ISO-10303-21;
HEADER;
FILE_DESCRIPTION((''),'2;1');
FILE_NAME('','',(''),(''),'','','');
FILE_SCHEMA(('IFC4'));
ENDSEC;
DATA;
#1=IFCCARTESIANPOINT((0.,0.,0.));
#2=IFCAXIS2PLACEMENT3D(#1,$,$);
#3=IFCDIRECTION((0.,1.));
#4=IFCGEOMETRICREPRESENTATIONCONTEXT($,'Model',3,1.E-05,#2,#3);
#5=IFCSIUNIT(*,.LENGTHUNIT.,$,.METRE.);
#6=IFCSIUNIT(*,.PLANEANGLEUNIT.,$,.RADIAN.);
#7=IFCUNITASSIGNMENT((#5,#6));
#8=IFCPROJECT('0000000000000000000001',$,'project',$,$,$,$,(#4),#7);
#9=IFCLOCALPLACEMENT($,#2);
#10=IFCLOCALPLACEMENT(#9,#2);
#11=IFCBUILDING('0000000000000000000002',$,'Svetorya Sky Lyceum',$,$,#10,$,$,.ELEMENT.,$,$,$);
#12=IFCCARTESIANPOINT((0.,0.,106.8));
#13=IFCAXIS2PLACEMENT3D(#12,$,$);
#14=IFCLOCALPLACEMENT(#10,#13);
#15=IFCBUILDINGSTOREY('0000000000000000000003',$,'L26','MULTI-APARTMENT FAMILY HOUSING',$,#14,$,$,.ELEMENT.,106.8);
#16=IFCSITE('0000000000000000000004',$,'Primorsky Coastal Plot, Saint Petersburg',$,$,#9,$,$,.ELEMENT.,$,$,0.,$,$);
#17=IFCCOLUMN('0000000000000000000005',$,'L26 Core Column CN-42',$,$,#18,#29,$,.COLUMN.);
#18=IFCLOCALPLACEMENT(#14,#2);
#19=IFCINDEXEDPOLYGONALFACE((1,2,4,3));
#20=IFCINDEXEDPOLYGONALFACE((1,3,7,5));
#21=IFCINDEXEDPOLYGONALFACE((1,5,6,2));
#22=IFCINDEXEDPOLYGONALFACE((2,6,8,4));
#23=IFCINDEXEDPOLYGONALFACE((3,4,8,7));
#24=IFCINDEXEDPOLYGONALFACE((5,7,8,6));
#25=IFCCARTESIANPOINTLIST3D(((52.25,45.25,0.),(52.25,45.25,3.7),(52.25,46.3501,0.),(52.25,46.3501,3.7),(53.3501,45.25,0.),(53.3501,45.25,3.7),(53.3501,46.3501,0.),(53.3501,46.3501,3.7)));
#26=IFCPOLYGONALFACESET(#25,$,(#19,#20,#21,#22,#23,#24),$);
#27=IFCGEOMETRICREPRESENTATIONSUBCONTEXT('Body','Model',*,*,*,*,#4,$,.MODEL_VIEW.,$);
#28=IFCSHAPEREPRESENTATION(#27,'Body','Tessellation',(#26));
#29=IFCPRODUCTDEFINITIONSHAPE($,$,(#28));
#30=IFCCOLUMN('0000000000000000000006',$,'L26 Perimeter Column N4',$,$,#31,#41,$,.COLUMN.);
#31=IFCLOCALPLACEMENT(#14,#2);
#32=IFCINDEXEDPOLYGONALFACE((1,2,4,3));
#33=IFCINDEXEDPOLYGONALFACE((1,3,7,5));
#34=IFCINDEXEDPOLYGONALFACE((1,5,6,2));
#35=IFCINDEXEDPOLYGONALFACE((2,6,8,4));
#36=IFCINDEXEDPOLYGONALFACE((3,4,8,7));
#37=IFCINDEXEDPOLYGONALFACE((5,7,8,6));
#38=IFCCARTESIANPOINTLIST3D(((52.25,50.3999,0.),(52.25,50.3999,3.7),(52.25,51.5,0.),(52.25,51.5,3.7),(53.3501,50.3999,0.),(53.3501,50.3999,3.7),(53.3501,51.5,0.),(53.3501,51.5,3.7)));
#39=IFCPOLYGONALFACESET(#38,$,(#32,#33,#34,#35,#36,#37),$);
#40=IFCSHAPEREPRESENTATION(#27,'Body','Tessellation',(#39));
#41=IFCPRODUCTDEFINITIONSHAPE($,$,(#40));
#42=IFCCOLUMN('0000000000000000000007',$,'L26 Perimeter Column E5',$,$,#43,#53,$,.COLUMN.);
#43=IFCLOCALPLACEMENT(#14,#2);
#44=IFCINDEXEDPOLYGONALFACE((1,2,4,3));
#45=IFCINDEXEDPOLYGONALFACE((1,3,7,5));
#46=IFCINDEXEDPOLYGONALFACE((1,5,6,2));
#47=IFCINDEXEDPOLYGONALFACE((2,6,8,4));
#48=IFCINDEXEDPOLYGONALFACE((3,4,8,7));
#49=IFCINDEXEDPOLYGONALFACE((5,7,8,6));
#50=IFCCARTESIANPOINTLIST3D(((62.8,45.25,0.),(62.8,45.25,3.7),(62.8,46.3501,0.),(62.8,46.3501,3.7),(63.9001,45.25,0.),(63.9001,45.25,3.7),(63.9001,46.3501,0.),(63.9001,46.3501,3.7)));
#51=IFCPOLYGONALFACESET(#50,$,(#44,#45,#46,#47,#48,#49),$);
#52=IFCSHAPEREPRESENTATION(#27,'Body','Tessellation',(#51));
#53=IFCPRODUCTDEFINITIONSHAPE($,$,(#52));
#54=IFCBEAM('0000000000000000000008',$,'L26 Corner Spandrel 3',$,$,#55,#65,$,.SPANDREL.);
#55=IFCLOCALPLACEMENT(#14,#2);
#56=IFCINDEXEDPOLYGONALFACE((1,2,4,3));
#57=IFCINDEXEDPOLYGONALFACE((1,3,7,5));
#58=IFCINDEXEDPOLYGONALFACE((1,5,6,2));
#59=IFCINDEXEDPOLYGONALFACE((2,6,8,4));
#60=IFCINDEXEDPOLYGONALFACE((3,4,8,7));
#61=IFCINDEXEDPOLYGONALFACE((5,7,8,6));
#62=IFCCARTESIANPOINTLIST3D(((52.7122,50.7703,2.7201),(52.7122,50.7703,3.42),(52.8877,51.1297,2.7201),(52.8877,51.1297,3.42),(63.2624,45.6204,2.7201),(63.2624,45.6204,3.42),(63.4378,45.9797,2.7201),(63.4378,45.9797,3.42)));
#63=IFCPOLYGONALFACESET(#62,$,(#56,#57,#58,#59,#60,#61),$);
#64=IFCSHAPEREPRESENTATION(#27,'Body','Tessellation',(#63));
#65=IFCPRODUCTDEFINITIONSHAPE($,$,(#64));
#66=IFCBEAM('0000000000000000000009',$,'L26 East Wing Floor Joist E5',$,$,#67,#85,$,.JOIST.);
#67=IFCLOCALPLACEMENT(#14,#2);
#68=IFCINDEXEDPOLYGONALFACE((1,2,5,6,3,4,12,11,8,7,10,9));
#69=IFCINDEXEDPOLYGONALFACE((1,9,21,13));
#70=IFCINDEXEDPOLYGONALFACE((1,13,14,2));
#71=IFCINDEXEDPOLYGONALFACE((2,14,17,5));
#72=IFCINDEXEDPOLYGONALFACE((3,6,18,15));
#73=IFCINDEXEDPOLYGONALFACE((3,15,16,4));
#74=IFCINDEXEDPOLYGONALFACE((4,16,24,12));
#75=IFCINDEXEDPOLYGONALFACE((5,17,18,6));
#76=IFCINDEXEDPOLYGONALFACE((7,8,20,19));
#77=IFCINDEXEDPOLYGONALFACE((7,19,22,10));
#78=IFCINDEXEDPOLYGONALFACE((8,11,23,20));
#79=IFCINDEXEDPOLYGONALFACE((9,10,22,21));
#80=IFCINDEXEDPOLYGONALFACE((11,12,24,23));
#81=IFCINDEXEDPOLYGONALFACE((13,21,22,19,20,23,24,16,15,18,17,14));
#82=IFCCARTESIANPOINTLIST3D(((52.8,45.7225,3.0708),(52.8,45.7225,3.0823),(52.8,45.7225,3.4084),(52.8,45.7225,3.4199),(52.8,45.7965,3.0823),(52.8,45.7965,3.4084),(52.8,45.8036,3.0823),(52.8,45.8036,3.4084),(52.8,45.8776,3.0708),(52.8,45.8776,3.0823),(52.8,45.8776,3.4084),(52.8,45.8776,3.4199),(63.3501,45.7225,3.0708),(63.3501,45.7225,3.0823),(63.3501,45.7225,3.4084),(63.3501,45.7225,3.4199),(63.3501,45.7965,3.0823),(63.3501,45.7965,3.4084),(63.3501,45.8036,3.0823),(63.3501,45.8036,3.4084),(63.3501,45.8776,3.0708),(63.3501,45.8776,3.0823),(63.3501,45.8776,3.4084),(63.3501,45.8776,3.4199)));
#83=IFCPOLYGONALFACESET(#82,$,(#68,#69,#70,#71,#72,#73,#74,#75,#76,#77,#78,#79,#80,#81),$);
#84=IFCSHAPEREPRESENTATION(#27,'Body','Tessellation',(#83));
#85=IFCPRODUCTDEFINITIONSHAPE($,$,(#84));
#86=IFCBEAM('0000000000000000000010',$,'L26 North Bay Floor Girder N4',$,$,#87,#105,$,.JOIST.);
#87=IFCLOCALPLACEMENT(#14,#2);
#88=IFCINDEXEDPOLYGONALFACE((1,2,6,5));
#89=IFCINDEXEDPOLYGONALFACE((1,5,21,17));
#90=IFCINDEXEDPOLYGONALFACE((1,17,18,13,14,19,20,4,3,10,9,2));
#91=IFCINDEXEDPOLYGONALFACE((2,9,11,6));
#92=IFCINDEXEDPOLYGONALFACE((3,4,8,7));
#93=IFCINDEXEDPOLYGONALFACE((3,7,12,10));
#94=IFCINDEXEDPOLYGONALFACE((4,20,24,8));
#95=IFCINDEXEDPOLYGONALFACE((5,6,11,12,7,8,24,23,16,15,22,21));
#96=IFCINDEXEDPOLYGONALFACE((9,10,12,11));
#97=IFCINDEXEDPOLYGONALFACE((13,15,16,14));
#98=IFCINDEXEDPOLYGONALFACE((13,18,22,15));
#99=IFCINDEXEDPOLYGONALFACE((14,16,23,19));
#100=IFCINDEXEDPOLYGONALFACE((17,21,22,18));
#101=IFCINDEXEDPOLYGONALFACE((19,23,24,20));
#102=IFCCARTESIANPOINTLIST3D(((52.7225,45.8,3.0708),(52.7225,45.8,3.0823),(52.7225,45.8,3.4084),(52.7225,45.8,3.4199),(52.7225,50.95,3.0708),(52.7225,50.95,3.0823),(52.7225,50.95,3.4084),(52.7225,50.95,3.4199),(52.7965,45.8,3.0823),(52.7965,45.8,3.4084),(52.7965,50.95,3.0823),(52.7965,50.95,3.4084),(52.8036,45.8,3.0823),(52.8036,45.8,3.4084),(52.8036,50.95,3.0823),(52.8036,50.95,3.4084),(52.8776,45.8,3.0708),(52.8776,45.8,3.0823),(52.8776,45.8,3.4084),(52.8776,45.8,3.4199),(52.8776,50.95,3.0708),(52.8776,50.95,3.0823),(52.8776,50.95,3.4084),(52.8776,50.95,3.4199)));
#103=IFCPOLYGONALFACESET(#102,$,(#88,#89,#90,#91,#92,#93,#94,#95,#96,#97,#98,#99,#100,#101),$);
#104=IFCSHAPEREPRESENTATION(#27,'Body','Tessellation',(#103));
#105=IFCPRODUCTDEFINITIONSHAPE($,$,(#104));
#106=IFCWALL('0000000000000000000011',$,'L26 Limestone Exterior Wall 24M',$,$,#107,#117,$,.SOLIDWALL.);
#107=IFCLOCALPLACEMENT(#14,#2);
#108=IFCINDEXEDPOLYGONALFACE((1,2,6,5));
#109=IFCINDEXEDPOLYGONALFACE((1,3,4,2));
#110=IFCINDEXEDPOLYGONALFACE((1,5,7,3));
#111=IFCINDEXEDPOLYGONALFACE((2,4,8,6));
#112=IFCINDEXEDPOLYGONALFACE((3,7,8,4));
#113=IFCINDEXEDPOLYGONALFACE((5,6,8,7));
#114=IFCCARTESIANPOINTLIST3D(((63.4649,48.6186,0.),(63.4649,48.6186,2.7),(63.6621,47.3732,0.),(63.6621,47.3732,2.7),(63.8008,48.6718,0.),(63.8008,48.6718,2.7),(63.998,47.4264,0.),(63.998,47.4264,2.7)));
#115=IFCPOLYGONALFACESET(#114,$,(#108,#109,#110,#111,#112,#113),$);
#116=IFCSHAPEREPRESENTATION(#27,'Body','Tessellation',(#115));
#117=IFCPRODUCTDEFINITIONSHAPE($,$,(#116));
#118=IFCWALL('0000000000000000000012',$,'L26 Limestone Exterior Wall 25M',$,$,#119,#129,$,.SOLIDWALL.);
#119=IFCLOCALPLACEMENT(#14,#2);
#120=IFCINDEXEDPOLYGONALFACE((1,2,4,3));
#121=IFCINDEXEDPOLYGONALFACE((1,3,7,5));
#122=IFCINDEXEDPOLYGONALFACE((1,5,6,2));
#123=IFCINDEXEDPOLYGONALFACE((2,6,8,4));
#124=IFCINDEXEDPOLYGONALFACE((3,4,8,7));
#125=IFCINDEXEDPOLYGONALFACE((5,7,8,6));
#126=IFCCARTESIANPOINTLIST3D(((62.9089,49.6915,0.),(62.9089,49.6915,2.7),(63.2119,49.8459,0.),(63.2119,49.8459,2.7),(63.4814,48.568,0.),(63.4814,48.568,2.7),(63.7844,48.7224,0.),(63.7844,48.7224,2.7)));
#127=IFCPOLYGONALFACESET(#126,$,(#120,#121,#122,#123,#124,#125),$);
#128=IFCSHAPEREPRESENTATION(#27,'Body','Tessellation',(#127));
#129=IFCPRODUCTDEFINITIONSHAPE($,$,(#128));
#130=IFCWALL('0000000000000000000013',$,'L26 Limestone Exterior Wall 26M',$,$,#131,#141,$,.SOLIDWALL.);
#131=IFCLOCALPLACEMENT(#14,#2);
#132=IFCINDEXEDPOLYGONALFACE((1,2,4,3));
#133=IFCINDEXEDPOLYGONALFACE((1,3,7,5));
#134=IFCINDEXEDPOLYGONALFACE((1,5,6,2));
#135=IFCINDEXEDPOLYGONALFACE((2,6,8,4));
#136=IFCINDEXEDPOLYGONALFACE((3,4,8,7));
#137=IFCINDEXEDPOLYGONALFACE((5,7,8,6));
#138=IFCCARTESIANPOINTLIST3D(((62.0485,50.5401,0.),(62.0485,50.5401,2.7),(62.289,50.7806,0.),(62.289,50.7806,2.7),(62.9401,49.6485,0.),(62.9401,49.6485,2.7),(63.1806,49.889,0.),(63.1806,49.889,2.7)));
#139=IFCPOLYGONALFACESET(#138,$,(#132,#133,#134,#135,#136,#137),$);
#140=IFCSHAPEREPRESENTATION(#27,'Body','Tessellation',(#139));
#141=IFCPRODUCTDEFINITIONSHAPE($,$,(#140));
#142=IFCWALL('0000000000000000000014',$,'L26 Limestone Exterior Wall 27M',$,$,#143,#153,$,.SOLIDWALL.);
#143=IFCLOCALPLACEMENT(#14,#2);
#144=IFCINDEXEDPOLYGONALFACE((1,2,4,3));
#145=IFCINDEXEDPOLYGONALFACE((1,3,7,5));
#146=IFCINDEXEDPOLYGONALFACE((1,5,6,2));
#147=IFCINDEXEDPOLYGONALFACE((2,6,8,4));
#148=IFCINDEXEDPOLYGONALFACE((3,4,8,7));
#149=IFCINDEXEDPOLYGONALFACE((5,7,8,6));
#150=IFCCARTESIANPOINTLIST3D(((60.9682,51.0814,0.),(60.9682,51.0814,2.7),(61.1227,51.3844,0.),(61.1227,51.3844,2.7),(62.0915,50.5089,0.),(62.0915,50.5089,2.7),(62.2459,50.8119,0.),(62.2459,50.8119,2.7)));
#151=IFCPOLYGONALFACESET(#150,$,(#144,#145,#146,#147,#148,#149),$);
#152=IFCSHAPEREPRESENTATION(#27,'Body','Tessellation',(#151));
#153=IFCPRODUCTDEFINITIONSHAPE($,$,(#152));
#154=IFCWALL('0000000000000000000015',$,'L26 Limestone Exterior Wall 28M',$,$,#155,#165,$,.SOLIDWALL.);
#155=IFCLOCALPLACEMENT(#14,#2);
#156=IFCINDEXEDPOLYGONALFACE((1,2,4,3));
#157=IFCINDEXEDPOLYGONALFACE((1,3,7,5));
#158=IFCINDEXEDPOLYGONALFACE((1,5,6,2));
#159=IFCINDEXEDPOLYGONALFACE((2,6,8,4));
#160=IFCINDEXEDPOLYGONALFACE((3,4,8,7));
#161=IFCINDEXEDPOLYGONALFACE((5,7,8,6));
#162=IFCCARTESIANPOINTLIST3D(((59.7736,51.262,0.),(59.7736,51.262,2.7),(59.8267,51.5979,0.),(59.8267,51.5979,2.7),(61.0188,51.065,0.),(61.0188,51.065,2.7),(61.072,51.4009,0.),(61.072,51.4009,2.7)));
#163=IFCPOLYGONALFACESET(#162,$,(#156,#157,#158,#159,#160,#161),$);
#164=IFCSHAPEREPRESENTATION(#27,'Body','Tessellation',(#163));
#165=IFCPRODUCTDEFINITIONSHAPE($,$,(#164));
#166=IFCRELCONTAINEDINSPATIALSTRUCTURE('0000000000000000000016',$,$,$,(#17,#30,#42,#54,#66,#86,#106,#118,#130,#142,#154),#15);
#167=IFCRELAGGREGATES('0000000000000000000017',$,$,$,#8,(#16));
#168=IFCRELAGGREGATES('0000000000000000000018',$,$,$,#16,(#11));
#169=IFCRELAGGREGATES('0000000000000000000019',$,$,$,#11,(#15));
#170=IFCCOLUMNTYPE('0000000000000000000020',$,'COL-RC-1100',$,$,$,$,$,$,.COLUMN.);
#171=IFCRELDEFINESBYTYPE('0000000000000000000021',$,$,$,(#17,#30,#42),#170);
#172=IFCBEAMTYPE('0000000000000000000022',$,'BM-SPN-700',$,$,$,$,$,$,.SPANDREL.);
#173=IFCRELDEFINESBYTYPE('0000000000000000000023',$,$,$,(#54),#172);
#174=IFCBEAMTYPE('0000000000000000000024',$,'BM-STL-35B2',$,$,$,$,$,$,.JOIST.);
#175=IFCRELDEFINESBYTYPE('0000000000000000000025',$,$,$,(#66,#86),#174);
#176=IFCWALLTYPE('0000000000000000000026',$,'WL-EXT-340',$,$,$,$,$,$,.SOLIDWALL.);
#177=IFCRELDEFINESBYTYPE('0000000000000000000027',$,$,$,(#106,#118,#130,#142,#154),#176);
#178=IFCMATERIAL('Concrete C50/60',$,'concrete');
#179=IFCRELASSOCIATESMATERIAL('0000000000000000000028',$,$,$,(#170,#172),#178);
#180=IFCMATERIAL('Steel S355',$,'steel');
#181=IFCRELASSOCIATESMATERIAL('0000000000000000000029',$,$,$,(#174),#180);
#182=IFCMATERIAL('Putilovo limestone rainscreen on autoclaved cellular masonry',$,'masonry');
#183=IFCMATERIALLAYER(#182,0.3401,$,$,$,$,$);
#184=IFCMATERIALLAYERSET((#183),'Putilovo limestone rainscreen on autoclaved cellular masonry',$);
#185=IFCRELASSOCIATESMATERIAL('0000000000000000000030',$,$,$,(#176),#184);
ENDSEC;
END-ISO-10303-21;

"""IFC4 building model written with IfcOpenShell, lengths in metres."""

from ifc_helpers import new_model, si_unit, direction, frame, frame_2d, origin, origin_2d, place, context, subcontext, project, spatial, rectangle, i_section, extrude, material, layer, layer_set, material_profile, profile_set, type_object, element, save


model = new_model("IFC4")

# Units and contexts
model_context = context("Model", 3, precision=1e-05, world=origin(), true_north=direction((0.0, 1.0)))
body_context = subcontext(model_context, "Body", "Model", "MODEL_VIEW")
ifc_project = project(units=[si_unit("LENGTHUNIT", "METRE"), si_unit("PLANEANGLEUNIT", "RADIAN")], contexts=[model_context])

# Site, building, storey
site_placement = place(None, origin())
site = spatial("IfcSite", under=ifc_project, at=site_placement, Name="Primorsky Coastal Plot, Saint Petersburg", CompositionType="ELEMENT", RefElevation=0.0)
building_placement = place(site_placement, origin())
building = spatial("IfcBuilding", under=site, at=building_placement, Name="Svetorya Sky Lyceum", CompositionType="ELEMENT")
storey_placement = place(building_placement, frame((0.0, 0.0, 106.8)))
storey = spatial("IfcBuildingStorey", under=building, at=storey_placement, Name="L26", Description="MULTI-APARTMENT FAMILY HOUSING", CompositionType="ELEMENT", Elevation=106.8)

# Columns
ifc_material_1 = material(Name="Concrete C50/60", Category="concrete")
ifc_material_profile_1 = material_profile(ifc_material_1, rectangle(XDim=1.1001, YDim=1.1001, at=origin_2d()), Name="RC COL 1100x1100")
ifc_profile_set_1 = profile_set([ifc_material_profile_1], Name="Concrete C50/60")
column_type = type_object("IfcColumnType", Name="COL-RC-1100", PredefinedType="COLUMN", material=ifc_profile_set_1)
for number, where, z_axis, x_axis, name in (
    (1, (52.8, 45.8, 0.0), (0.0, 0.0, 1.0), (1.0, 0.0, 0.0), "L26 Core Column CN-42"),
    (2, (52.8, 50.95, 0.0), (0.0, 0.0, 1.0), (1.0, 0.0, 0.0), "L26 Perimeter Column N4"),
    (3, (63.3501, 45.8, 0.0), (0.0, 0.0, 1.0), (1.0, 0.0, 0.0), "L26 Perimeter Column E5"),
):
    element("IfcColumn", number, at=place(storey_placement, frame(where, z_axis=z_axis, x_axis=x_axis)), inside=storey, type_object=column_type, Name=name, PredefinedType="COLUMN", context=body_context, shape_type="SweptSolid", body=[
        extrude(rectangle(XDim=1.1001, YDim=1.1001, at=origin_2d()), origin(), (0.0, 0.0, 1.0), 3.7),
    ])

# Beams
ifc_material_profile_2 = material_profile(ifc_material_1, rectangle(XDim=0.3999, YDim=0.7, at=origin_2d()), Name="RC SPANDREL 400x700")
ifc_profile_set_2 = profile_set([ifc_material_profile_2], Name="Concrete C50/60")
beam_type_1 = type_object("IfcBeamType", Name="BM-SPN-700", PredefinedType="SPANDREL", material=ifc_profile_set_2)
beam_1_placement = place(storey_placement, frame((63.3501, 45.8, 3.0701), z_axis=(-0.89865, 0.438667, 0.0), x_axis=(-0.438667, -0.89865, 0.0)))
element("IfcBeam", 4, at=beam_1_placement, inside=storey, type_object=beam_type_1, Name="L26 Corner Spandrel 3", PredefinedType="SPANDREL", context=body_context, shape_type="SweptSolid", body=[
    extrude(rectangle(XDim=0.3999, YDim=0.7, at=origin_2d()), origin(), (0.0, 0.0, 1.0), 11.74),
])
ifc_material_2 = material(Name="Steel S355", Category="steel")
ifc_material_profile_3 = material_profile(ifc_material_2, i_section(OverallWidth=0.155, OverallDepth=0.3491, WebThickness=0.0071, FlangeThickness=0.0115, at=origin_2d()), Name="GOST 35B2")
ifc_profile_set_3 = profile_set([ifc_material_profile_3], Name="Steel S355")
beam_type_2 = type_object("IfcBeamType", Name="BM-STL-35B2", PredefinedType="JOIST", material=ifc_profile_set_3)
beam_2_placement = place(storey_placement, frame((52.8, 45.8, 3.2454), z_axis=(1.0, 0.0, 0.0), x_axis=(0.0, 1.0, 0.0)))
element("IfcBeam", 5, at=beam_2_placement, inside=storey, type_object=beam_type_2, Name="L26 East Wing Floor Joist E5", PredefinedType="JOIST", context=body_context, shape_type="SweptSolid", body=[
    extrude(i_section(OverallWidth=0.155, OverallDepth=0.3491, WebThickness=0.0071, FlangeThickness=0.0115, at=origin_2d()), origin(), (0.0, 0.0, 1.0), 10.55),
])
beam_3_placement = place(storey_placement, frame((52.8, 45.8, 3.2454), z_axis=(0.0, 1.0, 0.0), x_axis=(-1.0, 0.0, 0.0)))
element("IfcBeam", 6, at=beam_3_placement, inside=storey, type_object=beam_type_2, Name="L26 North Bay Floor Girder N4", PredefinedType="JOIST", context=body_context, shape_type="SweptSolid", body=[
    extrude(i_section(OverallWidth=0.155, OverallDepth=0.3491, WebThickness=0.0071, FlangeThickness=0.0115, at=origin_2d()), origin(), (0.0, 0.0, 1.0), 5.1499),
])

# Walls
ifc_material_3 = material(Name="Putilovo limestone rainscreen on autoclaved cellular masonry", Category="masonry")
ifc_layer_1 = layer(ifc_material_3, 0.3401)
ifc_layer_set_1 = layer_set([ifc_layer_1], Name="Putilovo limestone rainscreen on autoclaved cellular masonry")
wall_type_1 = type_object("IfcWallType", Name="WL-EXT-340", PredefinedType="SOLIDWALL", material=ifc_layer_set_1)
for number, where, z_axis, x_axis, name in (
    (7, (63.8301, 47.3999, 0.0), (0.0, 0.0, 1.0), (-0.15645, 0.987686, 0.0), "L26 Limestone Exterior Wall 24M"),
    (8, (63.6328, 48.6453, 0.0), (0.0, 0.0, 1.0), (-0.454016, 0.890994, 0.0), "L26 Limestone Exterior Wall 25M"),
    (9, (63.0603, 49.7688, 0.0), (0.0, 0.0, 1.0), (-0.707107, 0.707107, 0.0), "L26 Limestone Exterior Wall 26M"),
):
    element("IfcWall", number, at=place(storey_placement, frame(where, z_axis=z_axis, x_axis=x_axis)), inside=storey, type_object=wall_type_1, Name=name, PredefinedType="SOLIDWALL", context=body_context, shape_type="SweptSolid", body=[
        extrude(rectangle(XDim=1.261, YDim=0.3401, at=frame_2d((0.6304, 0.0))), origin(), (0.0, 0.0, 1.0), 2.7),
    ])
for number, where, z_axis, x_axis, name in (
    (10, (62.1687, 50.6604, 0.0), (0.0, 0.0, 1.0), (-0.890954, 0.454094, 0.0), "L26 Limestone Exterior Wall 27M"),
    (11, (61.0454, 51.2329, 0.0), (0.0, 0.0, 1.0), (-0.987716, 0.156261, 0.0), "L26 Limestone Exterior Wall 28M"),
):
    element("IfcWall", number, at=place(storey_placement, frame(where, z_axis=z_axis, x_axis=x_axis)), inside=storey, type_object=wall_type_1, Name=name, PredefinedType="SOLIDWALL", context=body_context, shape_type="SweptSolid", body=[
        extrude(rectangle(XDim=1.2607, YDim=0.3401, at=frame_2d((0.6304, 0.0))), origin(), (0.0, 0.0, 1.0), 2.7),
    ])

save(model, "model.ifc")
